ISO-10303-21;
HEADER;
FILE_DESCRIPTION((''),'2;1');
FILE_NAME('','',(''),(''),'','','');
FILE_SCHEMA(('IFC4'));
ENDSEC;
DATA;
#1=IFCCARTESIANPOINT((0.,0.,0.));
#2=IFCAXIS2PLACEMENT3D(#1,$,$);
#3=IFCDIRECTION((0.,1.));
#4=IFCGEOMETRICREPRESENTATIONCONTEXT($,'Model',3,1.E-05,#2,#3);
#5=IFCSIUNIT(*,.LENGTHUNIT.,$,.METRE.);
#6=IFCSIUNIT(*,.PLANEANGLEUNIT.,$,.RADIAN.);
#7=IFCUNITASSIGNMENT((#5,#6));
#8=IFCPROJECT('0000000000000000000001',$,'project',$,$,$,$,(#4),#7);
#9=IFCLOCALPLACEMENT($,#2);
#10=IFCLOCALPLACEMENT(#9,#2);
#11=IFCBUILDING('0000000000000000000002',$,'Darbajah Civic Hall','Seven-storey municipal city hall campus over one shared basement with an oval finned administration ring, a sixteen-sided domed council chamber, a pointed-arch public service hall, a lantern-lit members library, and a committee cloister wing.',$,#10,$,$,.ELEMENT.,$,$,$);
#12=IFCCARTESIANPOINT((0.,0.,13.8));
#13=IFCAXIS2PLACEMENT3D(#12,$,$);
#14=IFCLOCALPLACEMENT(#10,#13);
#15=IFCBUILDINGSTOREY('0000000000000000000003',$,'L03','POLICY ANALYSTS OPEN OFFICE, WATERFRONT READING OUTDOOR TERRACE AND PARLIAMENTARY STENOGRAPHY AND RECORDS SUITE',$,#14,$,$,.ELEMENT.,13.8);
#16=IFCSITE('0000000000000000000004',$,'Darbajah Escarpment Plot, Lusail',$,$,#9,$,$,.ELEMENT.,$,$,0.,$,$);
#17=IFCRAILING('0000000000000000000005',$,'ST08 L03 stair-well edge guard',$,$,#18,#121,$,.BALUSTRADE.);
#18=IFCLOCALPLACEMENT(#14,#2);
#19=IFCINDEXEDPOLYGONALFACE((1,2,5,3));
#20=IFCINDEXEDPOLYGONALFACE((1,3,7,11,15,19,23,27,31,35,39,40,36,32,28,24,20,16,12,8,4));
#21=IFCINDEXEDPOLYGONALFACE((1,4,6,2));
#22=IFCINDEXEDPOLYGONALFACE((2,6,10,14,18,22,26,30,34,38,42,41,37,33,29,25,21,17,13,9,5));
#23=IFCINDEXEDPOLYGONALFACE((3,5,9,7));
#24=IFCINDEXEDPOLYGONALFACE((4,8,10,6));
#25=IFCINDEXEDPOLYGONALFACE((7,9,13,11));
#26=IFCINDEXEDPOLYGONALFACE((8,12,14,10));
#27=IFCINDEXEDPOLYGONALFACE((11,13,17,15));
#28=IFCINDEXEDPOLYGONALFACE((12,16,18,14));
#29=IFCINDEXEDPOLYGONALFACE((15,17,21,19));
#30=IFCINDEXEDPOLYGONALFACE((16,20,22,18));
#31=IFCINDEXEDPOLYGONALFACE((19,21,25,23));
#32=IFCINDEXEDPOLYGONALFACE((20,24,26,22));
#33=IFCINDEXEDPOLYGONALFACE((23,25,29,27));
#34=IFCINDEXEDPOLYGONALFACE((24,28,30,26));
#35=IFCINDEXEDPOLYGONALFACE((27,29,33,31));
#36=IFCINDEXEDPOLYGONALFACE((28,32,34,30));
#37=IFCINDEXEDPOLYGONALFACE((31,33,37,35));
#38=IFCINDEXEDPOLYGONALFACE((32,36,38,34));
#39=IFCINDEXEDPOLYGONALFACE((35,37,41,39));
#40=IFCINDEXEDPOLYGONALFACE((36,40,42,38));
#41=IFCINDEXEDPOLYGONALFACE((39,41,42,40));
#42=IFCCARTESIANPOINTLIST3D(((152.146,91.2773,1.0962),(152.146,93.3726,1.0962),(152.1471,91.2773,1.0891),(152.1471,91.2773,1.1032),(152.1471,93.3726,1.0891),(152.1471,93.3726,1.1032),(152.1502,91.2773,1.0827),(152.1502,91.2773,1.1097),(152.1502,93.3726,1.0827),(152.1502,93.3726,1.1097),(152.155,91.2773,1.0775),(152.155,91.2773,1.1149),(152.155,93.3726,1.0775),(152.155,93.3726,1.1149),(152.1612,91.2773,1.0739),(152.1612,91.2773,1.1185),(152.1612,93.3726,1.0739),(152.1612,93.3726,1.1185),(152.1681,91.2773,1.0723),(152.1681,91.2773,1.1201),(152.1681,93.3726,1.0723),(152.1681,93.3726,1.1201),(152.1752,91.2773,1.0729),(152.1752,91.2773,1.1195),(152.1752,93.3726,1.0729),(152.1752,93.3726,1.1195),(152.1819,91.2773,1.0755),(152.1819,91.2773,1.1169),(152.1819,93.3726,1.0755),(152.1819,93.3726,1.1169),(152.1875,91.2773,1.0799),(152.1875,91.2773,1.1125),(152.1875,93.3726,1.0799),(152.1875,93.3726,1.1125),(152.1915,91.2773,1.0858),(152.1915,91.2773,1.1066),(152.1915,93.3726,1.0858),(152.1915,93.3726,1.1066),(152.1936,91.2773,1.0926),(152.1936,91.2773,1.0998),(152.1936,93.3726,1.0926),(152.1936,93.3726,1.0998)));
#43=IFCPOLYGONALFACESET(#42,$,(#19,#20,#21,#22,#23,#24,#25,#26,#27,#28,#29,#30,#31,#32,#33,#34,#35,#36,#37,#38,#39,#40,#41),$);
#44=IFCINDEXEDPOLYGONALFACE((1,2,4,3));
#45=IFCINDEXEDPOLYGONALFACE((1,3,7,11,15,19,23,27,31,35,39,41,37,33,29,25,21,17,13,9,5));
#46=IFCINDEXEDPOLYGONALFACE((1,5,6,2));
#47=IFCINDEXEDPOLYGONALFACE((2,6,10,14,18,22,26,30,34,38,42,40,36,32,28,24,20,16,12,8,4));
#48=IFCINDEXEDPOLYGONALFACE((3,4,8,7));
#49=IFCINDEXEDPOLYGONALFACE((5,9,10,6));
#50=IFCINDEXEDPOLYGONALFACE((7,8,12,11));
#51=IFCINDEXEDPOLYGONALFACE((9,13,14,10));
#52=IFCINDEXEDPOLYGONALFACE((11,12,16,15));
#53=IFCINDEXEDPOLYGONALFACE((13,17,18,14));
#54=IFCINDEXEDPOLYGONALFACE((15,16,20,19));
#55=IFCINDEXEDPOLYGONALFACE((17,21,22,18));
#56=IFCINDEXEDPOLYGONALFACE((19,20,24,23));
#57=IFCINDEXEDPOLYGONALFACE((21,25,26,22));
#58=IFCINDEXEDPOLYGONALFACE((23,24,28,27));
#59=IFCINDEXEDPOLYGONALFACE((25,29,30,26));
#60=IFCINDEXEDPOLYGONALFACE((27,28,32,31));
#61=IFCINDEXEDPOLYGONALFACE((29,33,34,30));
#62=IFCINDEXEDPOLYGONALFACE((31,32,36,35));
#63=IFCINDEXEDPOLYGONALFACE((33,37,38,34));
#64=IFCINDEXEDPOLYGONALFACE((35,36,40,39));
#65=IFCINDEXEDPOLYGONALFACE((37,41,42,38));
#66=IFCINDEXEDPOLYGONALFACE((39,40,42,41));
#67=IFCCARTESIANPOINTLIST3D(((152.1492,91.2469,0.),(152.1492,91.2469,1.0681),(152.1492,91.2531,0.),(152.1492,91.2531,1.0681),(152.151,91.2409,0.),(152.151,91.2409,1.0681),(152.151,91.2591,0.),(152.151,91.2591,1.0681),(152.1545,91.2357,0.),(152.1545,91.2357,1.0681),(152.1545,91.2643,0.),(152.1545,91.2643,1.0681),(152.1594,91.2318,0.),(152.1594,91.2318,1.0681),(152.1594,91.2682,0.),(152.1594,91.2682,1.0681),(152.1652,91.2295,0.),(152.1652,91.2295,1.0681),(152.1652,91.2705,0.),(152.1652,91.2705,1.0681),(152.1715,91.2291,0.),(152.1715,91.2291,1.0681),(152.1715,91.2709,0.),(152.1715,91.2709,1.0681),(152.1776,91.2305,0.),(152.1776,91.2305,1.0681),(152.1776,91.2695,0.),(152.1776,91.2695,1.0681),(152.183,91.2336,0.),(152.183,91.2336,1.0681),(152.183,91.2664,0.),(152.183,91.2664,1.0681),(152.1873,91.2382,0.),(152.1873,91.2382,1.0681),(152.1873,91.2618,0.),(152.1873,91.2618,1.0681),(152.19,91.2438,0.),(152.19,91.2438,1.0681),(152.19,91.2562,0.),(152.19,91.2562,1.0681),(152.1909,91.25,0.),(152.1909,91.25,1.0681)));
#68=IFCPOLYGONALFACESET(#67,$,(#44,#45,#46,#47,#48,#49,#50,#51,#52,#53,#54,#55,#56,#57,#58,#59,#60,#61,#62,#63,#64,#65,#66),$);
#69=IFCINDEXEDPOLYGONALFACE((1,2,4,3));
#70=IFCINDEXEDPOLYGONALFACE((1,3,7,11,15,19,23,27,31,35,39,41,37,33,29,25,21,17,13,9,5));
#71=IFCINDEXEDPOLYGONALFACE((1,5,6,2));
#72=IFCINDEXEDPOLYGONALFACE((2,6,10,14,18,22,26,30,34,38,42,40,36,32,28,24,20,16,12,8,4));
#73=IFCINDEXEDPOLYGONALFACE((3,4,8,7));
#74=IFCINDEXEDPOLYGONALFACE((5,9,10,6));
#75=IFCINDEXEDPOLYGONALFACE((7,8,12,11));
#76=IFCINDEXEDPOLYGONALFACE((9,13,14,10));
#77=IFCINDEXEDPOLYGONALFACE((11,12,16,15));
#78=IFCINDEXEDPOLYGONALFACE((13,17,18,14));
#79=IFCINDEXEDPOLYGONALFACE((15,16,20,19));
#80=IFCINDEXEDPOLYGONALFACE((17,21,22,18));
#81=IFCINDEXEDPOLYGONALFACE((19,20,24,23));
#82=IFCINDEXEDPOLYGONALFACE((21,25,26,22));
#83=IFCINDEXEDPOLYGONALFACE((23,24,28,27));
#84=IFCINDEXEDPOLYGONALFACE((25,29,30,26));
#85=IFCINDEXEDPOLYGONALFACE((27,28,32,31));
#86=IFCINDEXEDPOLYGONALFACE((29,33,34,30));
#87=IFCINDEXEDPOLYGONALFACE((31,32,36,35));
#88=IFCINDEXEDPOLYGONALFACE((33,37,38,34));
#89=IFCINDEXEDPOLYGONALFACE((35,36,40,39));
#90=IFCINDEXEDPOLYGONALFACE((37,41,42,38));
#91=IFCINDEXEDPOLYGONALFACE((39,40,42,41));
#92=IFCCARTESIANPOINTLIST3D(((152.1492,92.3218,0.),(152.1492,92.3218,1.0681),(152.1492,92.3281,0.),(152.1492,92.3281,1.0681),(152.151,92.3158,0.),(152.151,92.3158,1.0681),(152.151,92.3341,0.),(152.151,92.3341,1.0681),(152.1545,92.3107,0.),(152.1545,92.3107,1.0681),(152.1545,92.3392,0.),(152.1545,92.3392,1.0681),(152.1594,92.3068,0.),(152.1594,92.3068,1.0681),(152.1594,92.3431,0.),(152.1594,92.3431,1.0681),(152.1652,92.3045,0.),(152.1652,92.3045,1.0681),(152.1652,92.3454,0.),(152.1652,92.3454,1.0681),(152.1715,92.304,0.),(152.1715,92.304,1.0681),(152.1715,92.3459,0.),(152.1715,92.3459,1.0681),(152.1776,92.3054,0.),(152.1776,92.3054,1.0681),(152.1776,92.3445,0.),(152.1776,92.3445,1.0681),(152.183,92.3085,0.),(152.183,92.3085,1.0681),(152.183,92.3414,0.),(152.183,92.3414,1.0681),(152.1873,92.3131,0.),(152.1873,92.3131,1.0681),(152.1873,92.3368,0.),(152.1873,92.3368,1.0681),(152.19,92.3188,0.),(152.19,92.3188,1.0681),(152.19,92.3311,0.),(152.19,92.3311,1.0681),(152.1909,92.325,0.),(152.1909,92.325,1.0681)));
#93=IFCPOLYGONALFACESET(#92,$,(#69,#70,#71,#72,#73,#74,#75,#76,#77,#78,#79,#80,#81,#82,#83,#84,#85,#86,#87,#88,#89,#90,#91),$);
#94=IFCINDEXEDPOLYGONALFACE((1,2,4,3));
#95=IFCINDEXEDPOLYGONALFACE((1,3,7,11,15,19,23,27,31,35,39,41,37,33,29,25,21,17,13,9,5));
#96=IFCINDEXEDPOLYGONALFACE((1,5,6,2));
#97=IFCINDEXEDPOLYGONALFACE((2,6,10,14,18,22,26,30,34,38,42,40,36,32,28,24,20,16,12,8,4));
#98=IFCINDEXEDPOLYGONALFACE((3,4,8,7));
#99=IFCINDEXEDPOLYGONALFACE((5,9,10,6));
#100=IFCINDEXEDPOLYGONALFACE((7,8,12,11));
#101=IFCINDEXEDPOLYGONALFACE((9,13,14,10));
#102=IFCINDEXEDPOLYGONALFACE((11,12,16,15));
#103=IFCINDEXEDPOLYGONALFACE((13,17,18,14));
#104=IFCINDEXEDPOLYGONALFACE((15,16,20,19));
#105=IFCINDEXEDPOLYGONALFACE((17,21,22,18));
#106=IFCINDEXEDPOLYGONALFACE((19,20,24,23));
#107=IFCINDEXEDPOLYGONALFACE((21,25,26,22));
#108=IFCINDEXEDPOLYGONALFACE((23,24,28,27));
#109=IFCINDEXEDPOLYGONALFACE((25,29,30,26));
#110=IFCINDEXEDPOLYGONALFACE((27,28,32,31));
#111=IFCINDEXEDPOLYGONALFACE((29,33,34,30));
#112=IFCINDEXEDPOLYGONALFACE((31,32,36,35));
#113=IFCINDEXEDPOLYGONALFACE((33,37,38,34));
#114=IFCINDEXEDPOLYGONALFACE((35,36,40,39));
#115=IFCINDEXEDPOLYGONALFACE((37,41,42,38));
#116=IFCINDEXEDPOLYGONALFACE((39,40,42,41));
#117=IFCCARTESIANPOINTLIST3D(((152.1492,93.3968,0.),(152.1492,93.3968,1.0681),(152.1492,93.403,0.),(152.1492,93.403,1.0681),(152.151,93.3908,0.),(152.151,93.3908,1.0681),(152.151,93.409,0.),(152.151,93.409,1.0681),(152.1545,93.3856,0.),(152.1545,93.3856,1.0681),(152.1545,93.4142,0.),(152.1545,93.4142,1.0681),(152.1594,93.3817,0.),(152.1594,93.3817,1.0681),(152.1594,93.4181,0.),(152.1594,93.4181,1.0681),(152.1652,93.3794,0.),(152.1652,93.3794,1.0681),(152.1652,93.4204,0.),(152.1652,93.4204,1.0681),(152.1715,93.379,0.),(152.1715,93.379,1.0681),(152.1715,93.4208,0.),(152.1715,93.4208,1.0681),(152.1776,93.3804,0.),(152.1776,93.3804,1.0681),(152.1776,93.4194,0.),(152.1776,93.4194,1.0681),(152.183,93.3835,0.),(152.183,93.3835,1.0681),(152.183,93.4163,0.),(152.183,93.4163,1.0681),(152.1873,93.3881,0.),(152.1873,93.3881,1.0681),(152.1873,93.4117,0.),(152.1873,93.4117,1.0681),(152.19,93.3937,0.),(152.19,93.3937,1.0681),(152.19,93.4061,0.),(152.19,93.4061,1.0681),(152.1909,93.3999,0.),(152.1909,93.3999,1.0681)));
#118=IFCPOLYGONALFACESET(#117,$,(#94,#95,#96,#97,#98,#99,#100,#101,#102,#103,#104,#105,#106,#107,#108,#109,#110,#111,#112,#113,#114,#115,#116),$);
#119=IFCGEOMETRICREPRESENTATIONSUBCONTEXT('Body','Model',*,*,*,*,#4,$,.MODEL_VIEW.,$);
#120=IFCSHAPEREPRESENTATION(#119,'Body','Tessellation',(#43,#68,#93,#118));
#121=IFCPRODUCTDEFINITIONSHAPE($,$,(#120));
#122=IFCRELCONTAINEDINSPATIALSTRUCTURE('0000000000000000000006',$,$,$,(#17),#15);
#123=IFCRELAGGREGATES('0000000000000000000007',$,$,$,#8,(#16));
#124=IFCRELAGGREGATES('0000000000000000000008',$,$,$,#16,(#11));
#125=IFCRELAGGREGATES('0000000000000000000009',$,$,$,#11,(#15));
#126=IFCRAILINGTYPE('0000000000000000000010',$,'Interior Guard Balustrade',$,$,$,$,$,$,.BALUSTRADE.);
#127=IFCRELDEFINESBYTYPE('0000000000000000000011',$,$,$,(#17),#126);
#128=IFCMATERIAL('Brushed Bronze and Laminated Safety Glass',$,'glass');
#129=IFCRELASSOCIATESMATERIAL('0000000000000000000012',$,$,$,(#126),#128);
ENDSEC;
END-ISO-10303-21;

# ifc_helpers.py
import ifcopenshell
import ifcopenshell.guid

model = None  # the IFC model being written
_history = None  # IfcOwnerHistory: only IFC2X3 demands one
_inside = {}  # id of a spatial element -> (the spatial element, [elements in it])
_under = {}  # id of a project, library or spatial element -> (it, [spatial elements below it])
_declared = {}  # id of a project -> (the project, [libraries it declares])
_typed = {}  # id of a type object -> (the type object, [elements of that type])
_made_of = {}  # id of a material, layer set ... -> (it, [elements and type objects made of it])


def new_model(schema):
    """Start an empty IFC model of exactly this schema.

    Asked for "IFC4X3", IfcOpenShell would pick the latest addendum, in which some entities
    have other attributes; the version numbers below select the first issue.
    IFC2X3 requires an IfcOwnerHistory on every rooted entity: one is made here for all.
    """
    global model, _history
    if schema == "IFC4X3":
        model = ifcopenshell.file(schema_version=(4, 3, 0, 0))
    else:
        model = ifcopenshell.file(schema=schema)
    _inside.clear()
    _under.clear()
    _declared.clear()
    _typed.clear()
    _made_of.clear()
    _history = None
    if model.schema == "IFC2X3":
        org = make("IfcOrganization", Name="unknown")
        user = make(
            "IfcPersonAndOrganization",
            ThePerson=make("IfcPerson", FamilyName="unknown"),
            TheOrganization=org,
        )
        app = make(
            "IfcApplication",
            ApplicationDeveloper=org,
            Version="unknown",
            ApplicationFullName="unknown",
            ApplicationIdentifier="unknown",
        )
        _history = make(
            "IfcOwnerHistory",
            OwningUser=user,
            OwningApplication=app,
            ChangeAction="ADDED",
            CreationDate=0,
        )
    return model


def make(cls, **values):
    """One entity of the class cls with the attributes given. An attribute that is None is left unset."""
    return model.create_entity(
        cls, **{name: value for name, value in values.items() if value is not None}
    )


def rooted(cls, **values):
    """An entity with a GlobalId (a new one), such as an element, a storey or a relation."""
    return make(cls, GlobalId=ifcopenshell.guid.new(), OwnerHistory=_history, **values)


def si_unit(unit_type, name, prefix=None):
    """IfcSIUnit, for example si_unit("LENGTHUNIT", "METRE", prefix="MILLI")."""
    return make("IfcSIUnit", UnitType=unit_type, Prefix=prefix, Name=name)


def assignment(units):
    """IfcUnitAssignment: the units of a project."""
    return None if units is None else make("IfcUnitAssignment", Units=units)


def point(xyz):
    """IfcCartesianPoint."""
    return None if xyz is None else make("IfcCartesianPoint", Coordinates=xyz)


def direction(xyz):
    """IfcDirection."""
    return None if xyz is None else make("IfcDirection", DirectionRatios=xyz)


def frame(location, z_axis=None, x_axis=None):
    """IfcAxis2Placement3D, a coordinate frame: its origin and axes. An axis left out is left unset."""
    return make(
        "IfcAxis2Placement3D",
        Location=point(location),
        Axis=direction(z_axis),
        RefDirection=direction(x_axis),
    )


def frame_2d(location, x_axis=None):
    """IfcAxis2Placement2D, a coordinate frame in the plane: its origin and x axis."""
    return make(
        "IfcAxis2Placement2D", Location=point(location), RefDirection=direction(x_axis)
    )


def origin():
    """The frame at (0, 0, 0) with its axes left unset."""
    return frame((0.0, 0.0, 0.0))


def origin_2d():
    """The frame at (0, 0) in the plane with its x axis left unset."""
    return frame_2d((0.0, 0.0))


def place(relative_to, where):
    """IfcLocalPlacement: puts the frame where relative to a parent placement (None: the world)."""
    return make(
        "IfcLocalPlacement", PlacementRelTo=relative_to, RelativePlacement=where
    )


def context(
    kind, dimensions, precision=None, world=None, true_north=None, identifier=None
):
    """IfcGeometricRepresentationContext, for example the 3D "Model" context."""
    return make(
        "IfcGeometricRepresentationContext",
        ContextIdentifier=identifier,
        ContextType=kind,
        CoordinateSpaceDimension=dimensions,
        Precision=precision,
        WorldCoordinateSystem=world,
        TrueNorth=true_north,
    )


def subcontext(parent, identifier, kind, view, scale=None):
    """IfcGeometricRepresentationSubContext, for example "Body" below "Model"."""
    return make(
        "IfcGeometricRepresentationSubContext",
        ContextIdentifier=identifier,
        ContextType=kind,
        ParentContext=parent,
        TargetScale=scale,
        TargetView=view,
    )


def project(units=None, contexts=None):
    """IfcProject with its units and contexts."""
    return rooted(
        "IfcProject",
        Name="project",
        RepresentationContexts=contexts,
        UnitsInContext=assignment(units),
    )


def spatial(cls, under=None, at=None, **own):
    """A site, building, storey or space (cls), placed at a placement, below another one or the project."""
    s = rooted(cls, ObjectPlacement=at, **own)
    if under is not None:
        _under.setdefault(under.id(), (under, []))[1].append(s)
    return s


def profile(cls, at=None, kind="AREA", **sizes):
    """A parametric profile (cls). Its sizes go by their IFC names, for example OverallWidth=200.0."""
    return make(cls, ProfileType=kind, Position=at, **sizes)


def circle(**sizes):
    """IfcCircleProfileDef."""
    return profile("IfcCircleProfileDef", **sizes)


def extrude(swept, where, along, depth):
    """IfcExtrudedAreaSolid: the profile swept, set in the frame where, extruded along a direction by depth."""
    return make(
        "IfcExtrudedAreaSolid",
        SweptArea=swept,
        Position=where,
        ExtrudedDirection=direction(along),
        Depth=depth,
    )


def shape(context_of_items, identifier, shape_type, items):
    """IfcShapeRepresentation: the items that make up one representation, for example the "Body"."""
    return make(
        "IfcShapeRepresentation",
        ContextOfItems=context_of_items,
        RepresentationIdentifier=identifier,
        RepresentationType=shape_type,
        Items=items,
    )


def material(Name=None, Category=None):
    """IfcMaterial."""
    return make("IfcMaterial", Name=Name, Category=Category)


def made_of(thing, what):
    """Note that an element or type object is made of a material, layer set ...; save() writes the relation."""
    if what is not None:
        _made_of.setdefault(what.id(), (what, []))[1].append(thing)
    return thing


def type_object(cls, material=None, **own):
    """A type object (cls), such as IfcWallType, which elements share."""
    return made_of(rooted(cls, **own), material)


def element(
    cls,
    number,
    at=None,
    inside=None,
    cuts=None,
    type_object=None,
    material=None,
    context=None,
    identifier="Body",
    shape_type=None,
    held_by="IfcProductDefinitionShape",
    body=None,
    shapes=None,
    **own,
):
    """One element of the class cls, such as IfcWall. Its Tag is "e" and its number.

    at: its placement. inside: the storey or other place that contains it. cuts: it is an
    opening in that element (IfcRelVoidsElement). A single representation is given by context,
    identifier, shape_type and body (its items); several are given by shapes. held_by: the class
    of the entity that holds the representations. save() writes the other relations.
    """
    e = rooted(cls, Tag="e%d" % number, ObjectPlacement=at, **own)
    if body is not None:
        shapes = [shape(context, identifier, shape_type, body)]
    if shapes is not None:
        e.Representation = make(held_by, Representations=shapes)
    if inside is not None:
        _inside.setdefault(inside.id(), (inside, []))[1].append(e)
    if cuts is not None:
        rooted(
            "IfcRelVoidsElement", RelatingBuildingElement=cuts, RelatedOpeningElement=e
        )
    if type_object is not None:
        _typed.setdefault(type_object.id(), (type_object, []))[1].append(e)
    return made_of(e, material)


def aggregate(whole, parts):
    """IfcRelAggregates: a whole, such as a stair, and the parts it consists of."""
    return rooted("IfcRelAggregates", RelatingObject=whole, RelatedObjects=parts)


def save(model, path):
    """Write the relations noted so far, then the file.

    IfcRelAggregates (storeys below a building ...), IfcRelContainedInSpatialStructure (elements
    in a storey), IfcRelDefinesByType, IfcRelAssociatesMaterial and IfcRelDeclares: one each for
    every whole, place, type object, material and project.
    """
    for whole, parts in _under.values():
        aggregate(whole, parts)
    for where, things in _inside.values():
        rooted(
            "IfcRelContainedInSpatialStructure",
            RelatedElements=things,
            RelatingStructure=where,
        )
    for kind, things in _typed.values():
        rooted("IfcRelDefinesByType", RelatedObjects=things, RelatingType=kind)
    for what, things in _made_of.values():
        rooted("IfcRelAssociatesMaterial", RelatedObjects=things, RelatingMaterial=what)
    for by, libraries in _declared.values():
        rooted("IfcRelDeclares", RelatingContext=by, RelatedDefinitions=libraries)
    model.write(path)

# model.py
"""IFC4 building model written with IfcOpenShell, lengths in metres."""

from ifc_helpers import new_model, si_unit, direction, frame, origin, origin_2d, place, context, subcontext, project, spatial, circle, extrude, material, type_object, element, save


model = new_model("IFC4")

# Units and contexts
model_context = context("Model", 3, precision=1e-05, world=origin(), true_north=direction((0.0, 1.0)))
body_context = subcontext(model_context, "Body", "Model", "MODEL_VIEW")
ifc_project = project(units=[si_unit("LENGTHUNIT", "METRE"), si_unit("PLANEANGLEUNIT", "RADIAN")], contexts=[model_context])

# Site, building, storey
site_placement = place(None, origin())
site = spatial("IfcSite", under=ifc_project, at=site_placement, Name="Darbajah Escarpment Plot, Lusail", CompositionType="ELEMENT", RefElevation=0.0)
building_placement = place(site_placement, origin())
building = spatial("IfcBuilding", under=site, at=building_placement, Name="Darbajah Civic Hall", Description="Seven-storey municipal city hall campus over one shared basement with an oval finned administration ring, a sixteen-sided domed council chamber, a pointed-arch public service hall, a lantern-lit members library, and a committee cloister wing.", CompositionType="ELEMENT")
storey_placement = place(building_placement, frame((0.0, 0.0, 13.8)))
storey = spatial("IfcBuildingStorey", under=building, at=storey_placement, Name="L03", Description="POLICY ANALYSTS OPEN OFFICE, WATERFRONT READING OUTDOOR TERRACE AND PARLIAMENTARY STENOGRAPHY AND RECORDS SUITE", CompositionType="ELEMENT", Elevation=13.8)

# Railing
ifc_material_1 = material(Name="Brushed Bronze and Laminated Safety Glass", Category="glass")
railing_type = type_object("IfcRailingType", Name="Interior Guard Balustrade", PredefinedType="BALUSTRADE", material=ifc_material_1)
railing_1_placement = place(storey_placement, frame((152.1699, 91.25, 0.0)))
element("IfcRailing", 1, at=railing_1_placement, inside=storey, type_object=railing_type, Name="ST08 L03 stair-well edge guard", PredefinedType="BALUSTRADE", context=body_context, shape_type="SweptSolid", body=[
    extrude(circle(Radius=0.0239, at=origin_2d()), frame((0.0, 0.0273, 1.0962), z_axis=(0.0, 1.0, 0.0), x_axis=(-1.0, 0.0, 0.0)), (0.0, 0.0, 1.0), 2.0952),
    extrude(circle(Radius=0.021, at=origin_2d()), origin(), (0.0, 0.0, 1.0), 1.0681),
    extrude(circle(Radius=0.021, at=origin_2d()), frame((0.0, 1.075, 0.0)), (0.0, 0.0, 1.0), 1.0681),
    extrude(circle(Radius=0.021, at=origin_2d()), frame((0.0, 2.1499, 0.0)), (0.0, 0.0, 1.0), 1.0681),
])

save(model, "model.ifc")
